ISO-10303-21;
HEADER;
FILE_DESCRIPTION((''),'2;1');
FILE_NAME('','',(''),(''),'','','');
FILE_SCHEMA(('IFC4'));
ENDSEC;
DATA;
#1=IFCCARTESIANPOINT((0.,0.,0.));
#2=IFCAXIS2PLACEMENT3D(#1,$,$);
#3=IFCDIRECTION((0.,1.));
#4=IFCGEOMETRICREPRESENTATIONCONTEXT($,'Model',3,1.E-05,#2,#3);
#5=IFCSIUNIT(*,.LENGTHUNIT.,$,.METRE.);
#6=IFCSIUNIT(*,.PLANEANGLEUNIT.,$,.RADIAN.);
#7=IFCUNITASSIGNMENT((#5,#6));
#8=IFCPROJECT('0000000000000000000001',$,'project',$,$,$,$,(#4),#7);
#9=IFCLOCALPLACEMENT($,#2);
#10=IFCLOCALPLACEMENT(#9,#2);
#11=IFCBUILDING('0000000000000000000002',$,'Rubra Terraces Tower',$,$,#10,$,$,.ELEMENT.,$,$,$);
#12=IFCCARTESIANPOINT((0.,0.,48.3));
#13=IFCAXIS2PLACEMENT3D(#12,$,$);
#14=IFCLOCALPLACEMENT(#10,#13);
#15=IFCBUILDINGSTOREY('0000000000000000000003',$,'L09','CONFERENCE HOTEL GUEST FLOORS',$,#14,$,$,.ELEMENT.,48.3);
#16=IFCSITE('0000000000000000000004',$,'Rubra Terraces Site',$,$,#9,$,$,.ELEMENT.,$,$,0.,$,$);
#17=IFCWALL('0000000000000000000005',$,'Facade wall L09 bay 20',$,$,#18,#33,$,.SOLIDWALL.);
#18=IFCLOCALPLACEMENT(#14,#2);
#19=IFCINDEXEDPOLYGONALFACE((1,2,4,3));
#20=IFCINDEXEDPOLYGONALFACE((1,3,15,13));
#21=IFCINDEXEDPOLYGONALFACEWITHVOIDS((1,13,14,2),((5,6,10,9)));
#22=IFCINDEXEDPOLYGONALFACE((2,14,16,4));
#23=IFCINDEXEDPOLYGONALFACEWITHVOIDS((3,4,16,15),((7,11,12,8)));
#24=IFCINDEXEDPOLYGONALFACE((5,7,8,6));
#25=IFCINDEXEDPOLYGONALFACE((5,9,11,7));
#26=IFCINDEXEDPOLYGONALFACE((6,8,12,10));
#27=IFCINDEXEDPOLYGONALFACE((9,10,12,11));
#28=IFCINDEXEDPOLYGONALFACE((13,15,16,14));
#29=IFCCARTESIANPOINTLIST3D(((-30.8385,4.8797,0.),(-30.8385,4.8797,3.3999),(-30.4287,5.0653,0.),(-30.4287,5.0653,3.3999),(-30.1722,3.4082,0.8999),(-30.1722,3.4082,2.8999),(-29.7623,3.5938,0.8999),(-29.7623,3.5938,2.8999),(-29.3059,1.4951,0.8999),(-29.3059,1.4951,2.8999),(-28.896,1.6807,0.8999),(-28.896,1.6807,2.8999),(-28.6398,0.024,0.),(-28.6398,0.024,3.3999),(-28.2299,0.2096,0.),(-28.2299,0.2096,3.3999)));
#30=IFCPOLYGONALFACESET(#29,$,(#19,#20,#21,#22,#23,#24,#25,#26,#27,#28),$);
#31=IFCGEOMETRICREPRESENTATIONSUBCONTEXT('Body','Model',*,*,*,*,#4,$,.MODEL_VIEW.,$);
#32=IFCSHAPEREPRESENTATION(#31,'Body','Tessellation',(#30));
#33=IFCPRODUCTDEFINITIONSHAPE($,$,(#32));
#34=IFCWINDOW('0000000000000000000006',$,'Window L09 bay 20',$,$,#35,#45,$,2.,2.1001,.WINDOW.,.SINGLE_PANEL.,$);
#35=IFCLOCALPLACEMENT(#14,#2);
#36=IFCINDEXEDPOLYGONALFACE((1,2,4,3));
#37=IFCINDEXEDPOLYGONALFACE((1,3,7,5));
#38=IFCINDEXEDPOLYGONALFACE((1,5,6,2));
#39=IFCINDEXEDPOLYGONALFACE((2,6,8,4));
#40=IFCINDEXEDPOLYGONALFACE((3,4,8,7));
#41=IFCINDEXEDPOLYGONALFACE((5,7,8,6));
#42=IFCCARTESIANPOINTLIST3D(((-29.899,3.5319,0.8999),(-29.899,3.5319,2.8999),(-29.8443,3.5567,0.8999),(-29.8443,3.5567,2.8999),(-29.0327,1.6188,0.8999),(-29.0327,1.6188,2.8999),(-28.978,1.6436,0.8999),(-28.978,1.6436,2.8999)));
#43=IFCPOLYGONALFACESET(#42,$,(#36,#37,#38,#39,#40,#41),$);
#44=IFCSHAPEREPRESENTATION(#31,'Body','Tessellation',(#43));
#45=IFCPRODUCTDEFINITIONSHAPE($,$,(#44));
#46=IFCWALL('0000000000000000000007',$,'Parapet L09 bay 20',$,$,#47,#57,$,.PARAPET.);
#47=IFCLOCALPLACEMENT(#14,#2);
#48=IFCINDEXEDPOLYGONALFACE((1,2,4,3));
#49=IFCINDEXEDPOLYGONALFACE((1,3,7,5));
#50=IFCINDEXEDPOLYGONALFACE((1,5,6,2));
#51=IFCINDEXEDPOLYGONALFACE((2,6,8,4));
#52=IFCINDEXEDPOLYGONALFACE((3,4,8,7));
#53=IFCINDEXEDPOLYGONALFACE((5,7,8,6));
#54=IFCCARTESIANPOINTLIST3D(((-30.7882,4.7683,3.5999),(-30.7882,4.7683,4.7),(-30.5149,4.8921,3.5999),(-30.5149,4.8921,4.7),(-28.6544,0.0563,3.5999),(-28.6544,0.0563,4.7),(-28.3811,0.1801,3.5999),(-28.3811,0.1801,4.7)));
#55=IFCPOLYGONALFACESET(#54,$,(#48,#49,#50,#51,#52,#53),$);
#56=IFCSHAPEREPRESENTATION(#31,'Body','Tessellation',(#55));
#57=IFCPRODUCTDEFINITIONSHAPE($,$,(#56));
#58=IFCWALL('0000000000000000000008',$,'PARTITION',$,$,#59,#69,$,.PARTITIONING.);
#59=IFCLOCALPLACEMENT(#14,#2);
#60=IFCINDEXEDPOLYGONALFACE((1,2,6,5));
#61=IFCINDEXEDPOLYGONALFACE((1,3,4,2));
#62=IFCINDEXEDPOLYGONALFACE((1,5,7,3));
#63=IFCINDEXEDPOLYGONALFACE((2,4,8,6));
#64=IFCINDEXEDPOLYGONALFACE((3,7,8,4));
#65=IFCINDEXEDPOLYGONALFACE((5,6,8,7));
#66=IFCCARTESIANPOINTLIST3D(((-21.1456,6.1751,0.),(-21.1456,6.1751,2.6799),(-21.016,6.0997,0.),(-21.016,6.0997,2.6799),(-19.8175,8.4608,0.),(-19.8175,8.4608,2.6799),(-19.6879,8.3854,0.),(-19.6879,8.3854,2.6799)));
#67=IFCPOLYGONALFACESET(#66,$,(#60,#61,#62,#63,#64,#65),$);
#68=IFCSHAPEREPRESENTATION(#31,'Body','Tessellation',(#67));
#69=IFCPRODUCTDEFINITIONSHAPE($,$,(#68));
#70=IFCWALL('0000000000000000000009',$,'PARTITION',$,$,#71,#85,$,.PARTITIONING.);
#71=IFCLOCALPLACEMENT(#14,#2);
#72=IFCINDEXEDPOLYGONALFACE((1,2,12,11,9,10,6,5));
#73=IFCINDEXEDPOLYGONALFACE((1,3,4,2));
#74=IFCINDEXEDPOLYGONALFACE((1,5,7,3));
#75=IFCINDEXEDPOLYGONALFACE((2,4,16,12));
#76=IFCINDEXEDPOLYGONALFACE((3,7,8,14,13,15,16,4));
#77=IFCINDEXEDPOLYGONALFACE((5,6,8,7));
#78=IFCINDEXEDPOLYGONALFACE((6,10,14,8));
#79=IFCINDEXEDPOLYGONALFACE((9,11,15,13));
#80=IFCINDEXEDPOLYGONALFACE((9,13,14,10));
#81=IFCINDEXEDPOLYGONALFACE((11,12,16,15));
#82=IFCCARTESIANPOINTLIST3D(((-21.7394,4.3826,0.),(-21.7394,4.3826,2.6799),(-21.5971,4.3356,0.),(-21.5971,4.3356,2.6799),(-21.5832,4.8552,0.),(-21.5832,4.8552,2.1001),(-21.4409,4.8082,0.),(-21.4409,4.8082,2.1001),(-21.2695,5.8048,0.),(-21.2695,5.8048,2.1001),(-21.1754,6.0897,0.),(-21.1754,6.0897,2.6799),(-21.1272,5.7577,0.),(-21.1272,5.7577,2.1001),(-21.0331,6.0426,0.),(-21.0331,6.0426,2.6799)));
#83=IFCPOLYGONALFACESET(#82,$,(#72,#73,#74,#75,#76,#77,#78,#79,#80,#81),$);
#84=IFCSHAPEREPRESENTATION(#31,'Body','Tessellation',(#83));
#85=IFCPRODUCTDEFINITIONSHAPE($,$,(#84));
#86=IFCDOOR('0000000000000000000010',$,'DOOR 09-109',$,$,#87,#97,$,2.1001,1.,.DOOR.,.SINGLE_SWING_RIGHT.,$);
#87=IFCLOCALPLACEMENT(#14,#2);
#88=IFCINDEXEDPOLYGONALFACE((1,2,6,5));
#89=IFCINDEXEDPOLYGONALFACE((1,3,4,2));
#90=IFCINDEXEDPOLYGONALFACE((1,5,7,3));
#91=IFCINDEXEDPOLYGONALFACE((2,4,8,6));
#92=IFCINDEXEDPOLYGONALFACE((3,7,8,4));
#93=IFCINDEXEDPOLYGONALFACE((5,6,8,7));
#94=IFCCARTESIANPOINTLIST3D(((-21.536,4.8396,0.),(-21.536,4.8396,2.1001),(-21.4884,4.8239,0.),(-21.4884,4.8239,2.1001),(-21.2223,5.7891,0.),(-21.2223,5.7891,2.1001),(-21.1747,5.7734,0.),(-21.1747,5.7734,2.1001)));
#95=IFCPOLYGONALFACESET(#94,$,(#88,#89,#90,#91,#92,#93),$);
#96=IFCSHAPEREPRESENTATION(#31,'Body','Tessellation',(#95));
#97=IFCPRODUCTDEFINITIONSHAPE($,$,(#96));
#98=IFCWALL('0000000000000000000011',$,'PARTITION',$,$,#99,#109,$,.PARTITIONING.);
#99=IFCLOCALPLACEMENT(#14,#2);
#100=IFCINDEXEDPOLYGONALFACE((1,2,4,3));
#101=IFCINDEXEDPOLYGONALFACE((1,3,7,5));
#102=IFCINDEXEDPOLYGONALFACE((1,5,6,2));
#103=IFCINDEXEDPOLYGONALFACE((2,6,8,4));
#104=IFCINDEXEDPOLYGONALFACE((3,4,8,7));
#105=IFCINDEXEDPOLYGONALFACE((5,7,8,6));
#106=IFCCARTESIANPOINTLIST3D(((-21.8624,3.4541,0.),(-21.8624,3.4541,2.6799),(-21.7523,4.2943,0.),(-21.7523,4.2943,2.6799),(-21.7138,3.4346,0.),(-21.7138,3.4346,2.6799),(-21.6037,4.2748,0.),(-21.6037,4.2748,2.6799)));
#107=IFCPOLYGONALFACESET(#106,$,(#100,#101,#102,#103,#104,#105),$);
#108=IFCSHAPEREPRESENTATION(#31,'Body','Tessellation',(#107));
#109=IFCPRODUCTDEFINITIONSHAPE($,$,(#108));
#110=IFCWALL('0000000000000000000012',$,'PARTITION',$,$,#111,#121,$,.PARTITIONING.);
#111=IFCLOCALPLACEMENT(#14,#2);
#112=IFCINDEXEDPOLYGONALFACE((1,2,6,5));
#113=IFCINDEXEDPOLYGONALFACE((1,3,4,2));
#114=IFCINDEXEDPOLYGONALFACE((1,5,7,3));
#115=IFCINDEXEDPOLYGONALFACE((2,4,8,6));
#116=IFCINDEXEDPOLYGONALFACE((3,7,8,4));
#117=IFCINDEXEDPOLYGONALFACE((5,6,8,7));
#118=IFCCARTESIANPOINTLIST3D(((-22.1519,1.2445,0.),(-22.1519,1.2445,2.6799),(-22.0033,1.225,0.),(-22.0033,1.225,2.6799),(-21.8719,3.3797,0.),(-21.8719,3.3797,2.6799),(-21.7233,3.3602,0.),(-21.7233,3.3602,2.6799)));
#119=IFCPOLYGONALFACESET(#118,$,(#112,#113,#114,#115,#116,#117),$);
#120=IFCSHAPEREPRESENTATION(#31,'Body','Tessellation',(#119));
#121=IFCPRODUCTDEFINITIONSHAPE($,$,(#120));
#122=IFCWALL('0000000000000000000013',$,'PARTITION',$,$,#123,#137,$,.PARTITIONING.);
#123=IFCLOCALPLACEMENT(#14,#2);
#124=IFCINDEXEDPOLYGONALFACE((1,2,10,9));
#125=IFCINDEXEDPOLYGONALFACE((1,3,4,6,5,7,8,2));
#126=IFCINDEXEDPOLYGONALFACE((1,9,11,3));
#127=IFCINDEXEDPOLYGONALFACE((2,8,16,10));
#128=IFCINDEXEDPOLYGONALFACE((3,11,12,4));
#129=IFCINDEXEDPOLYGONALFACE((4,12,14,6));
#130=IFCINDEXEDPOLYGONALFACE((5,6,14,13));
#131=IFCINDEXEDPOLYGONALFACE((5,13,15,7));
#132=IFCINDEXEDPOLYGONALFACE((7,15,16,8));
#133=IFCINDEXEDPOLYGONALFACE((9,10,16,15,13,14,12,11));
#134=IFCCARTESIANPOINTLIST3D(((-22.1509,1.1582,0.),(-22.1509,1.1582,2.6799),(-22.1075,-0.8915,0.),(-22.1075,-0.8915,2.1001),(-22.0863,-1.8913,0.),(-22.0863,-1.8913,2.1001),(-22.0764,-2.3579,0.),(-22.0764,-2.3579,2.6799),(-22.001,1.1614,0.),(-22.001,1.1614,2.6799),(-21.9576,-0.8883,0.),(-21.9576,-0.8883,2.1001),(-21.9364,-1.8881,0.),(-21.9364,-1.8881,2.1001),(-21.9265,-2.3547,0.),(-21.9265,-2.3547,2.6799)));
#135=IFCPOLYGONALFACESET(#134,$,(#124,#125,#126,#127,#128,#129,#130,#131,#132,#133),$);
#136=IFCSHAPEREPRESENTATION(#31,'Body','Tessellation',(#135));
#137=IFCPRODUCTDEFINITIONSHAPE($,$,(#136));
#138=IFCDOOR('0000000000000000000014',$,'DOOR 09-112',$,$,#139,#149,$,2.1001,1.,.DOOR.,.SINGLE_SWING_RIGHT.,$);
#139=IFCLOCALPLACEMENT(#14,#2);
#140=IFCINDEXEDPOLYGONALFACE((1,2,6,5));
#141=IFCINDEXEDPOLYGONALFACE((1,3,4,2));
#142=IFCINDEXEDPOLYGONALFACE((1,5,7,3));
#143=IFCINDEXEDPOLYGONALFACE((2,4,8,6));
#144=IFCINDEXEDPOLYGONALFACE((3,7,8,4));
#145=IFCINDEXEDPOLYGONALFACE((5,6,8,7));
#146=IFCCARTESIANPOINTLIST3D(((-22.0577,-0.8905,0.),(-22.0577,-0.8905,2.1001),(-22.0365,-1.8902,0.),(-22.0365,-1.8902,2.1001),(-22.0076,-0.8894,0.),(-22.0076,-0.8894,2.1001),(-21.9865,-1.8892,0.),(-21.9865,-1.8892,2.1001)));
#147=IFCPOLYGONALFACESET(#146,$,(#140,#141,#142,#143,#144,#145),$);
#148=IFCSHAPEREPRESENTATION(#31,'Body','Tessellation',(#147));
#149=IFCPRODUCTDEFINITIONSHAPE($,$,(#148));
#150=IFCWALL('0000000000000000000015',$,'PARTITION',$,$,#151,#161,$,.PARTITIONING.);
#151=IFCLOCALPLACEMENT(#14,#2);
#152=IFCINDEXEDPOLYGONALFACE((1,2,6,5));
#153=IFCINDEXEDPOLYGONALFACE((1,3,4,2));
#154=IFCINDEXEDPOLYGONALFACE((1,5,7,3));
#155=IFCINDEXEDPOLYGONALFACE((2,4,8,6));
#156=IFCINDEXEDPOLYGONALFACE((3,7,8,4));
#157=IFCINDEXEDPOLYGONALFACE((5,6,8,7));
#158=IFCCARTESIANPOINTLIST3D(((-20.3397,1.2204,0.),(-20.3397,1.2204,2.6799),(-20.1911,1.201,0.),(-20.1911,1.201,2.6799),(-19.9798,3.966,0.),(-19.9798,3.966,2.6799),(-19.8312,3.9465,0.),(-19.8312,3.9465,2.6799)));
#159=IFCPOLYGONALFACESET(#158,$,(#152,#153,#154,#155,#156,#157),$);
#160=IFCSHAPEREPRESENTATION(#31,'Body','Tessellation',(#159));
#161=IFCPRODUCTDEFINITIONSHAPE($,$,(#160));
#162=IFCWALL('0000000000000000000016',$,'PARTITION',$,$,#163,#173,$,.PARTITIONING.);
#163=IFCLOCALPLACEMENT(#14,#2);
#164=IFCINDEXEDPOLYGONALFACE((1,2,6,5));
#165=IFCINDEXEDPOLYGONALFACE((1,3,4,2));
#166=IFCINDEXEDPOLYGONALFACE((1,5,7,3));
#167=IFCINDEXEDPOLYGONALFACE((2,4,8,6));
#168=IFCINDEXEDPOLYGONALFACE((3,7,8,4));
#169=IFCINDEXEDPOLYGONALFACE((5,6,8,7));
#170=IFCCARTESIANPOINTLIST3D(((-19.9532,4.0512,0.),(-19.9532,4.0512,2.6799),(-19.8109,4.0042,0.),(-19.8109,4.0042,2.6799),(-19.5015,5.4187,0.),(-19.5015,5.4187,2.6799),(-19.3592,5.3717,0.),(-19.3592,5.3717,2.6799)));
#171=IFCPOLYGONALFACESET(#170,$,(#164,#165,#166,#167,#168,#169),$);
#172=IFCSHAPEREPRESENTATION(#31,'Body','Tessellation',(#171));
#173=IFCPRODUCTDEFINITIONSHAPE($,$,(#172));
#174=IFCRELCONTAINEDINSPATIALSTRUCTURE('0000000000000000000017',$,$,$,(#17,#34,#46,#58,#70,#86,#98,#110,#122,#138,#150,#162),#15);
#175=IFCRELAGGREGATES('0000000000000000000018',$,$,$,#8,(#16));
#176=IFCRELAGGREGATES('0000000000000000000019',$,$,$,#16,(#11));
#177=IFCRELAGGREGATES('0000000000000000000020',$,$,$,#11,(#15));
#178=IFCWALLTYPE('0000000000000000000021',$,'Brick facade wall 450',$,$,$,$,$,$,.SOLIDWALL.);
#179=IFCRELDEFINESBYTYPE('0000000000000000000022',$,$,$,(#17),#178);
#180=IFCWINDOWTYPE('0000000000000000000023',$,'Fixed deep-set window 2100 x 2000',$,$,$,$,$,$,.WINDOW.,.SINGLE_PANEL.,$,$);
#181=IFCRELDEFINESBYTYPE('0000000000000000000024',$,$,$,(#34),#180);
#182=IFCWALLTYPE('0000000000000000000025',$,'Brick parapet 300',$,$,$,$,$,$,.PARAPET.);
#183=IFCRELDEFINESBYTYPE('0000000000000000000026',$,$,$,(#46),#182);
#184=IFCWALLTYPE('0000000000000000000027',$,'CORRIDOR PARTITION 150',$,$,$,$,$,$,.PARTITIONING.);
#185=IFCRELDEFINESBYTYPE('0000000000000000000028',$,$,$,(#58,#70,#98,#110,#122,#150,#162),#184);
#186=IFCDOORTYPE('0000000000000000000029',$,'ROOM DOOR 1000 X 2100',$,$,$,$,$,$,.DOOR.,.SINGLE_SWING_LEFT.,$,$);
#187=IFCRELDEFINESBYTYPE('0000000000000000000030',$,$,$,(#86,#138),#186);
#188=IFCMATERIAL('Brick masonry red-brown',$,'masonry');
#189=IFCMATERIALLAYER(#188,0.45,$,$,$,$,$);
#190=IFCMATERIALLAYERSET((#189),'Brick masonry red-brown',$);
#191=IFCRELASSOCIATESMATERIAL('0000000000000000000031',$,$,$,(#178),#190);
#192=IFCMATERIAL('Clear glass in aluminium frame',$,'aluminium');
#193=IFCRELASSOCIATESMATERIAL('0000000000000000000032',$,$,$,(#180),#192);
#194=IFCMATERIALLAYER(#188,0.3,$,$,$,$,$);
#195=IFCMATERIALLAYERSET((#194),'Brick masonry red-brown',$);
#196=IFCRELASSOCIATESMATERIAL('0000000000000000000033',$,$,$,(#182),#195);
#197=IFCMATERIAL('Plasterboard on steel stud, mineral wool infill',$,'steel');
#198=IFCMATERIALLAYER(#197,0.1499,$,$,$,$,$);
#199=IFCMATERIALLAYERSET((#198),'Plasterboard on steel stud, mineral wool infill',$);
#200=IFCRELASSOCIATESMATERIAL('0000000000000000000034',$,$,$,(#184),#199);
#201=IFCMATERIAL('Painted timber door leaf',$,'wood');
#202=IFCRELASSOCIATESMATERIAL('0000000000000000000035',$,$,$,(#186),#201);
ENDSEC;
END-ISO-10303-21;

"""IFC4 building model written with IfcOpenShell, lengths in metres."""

from ifc_helpers import new_model, si_unit, direction, frame, frame_2d, origin, place, context, subcontext, project, spatial, rectangle, extrude, material, layer, layer_set, type_object, element, fill, save


model = new_model("IFC4")

# Units and contexts
model_context = context("Model", 3, precision=1e-05, world=origin(), true_north=direction((0.0, 1.0)))
body_context = subcontext(model_context, "Body", "Model", "MODEL_VIEW")
ifc_project = project(units=[si_unit("LENGTHUNIT", "METRE"), si_unit("PLANEANGLEUNIT", "RADIAN")], contexts=[model_context])

# Site, building, storey
site_placement = place(None, origin())
site = spatial("IfcSite", under=ifc_project, at=site_placement, Name="Rubra Terraces Site", CompositionType="ELEMENT", RefElevation=0.0)
building_placement = place(site_placement, origin())
building = spatial("IfcBuilding", under=site, at=building_placement, Name="Rubra Terraces Tower", CompositionType="ELEMENT")
storey_placement = place(building_placement, frame((0.0, 0.0, 48.3)))
storey = spatial("IfcBuildingStorey", under=building, at=storey_placement, Name="L09", Description="CONFERENCE HOTEL GUEST FLOORS", CompositionType="ELEMENT", Elevation=48.3)

# Wall, opening, window
ifc_material_1 = material(Name="Brick masonry red-brown", Category="masonry")
ifc_layer_1 = layer(ifc_material_1, 0.45)
ifc_layer_set_1 = layer_set([ifc_layer_1], Name="Brick masonry red-brown")
wall_type_1 = type_object("IfcWallType", Name="Brick facade wall 450", PredefinedType="SOLIDWALL", material=ifc_layer_set_1)
wall_1_placement = place(storey_placement, frame((-30.6335, 4.9724, 0.0), z_axis=(0.0, 0.0, 1.0), x_axis=(0.412495, -0.91096, 0.0)))
wall_1 = element("IfcWall", 1, at=wall_1_placement, inside=storey, type_object=wall_type_1, Name="Facade wall L09 bay 20", PredefinedType="SOLIDWALL", context=body_context, shape_type="SweptSolid", body=[
    extrude(rectangle(XDim=5.3303, YDim=0.45, at=frame_2d((2.665, 0.0))), origin(), (0.0, 0.0, 1.0), 3.3999),
])
opening_1_placement = place(wall_1_placement, frame((1.6152, 0.0, 0.8999)))
opening_1 = element("IfcOpeningElement", 2, at=opening_1_placement, cuts=wall_1, PredefinedType="OPENING", context=body_context, shape_type="SweptSolid", body=[
    extrude(rectangle(XDim=2.1001, YDim=2.0, at=frame_2d((1.05, 1.0))), frame((0.0, 0.2349, 0.0), z_axis=(0.0, -1.0, 0.0), x_axis=(1.0, 0.0, 0.0)), (0.0, 0.0, 1.0), 0.47),
])
ifc_material_2 = material(Name="Clear glass in aluminium frame", Category="aluminium")
window_type = type_object("IfcWindowType", Name="Fixed deep-set window 2100 x 2000", PartitioningType="SINGLE_PANEL", PredefinedType="WINDOW", material=ifc_material_2)
window_placement = place(opening_1_placement, origin())
window = element("IfcWindow", 3, at=window_placement, inside=storey, type_object=window_type, Name="Window L09 bay 20", OverallHeight=2.0, OverallWidth=2.1001, PartitioningType="SINGLE_PANEL", PredefinedType="WINDOW", context=body_context, shape_type="SweptSolid", body=[
    extrude(rectangle(XDim=2.1001, YDim=2.0, at=frame_2d((1.05, 1.0))), frame((0.0, 0.135, 0.0), z_axis=(0.0, -1.0, 0.0), x_axis=(1.0, 0.0, 0.0)), (0.0, 0.0, 1.0), 0.0601),
])
fill(opening_1, window)

# Walls
ifc_layer_2 = layer(ifc_material_1, 0.3)
ifc_layer_set_2 = layer_set([ifc_layer_2], Name="Brick masonry red-brown")
wall_type_2 = type_object("IfcWallType", Name="Brick parapet 300", PredefinedType="PARAPET", material=ifc_layer_set_2)
wall_2_placement = place(storey_placement, frame((-30.6516, 4.8303, 3.5999), z_axis=(0.0, 0.0, 1.0), x_axis=(0.412522, -0.910947, 0.0)))
element("IfcWall", 4, at=wall_2_placement, inside=storey, type_object=wall_type_2, Name="Parapet L09 bay 20", PredefinedType="PARAPET", context=body_context, shape_type="SweptSolid", body=[
    extrude(rectangle(XDim=5.1726, YDim=0.3, at=frame_2d((2.5864, 0.0))), origin(), (0.0, 0.0, 1.0), 1.1001),
])
ifc_material_3 = material(Name="Plasterboard on steel stud, mineral wool infill", Category="steel")
ifc_layer_3 = layer(ifc_material_3, 0.1499)
ifc_layer_set_3 = layer_set([ifc_layer_3], Name="Plasterboard on steel stud, mineral wool infill")
wall_type_3 = type_object("IfcWallType", Name="CORRIDOR PARTITION 150", PredefinedType="PARTITIONING", material=ifc_layer_set_3)
wall_3_placement = place(storey_placement, frame((-19.7527, 8.4231, 0.0), z_axis=(0.0, 0.0, 1.0), x_axis=(-0.502412, -0.864628, 0.0)))
element("IfcWall", 5, at=wall_3_placement, inside=storey, type_object=wall_type_3, Name="PARTITION", PredefinedType="PARTITIONING", context=body_context, shape_type="SweptSolid", body=[
    extrude(rectangle(XDim=2.6436, YDim=0.1499, at=frame_2d((1.3218, 0.0))), origin(), (0.0, 0.0, 1.0), 2.6799),
])

# Wall, opening, door
wall_4_placement = place(storey_placement, frame((-21.1042, 6.0662, 0.0), z_axis=(0.0, 0.0, 1.0), x_axis=(-0.313701, -0.949522, 0.0)))
wall_4 = element("IfcWall", 6, at=wall_4_placement, inside=storey, type_object=wall_type_3, Name="PARTITION", PredefinedType="PARTITIONING", context=body_context, shape_type="SweptSolid", body=[
    extrude(rectangle(XDim=1.7979, YDim=0.1499, at=frame_2d((0.8989, 0.0))), origin(), (0.0, 0.0, 1.0), 2.6799),
])
opening_2_placement = place(wall_4_placement, frame((0.3, 0.0, 0.0)))
opening_2 = element("IfcOpeningElement", 7, at=opening_2_placement, cuts=wall_4, PredefinedType="OPENING", context=body_context, shape_type="SweptSolid", body=[
    extrude(rectangle(XDim=1.0, YDim=2.1001, at=frame_2d((0.5, 1.05))), frame((0.0, 0.085, 0.0), z_axis=(0.0, -1.0, 0.0), x_axis=(1.0, 0.0, 0.0)), (0.0, 0.0, 1.0), 0.1699),
])
ifc_material_4 = material(Name="Painted timber door leaf", Category="wood")
door_type_1 = type_object("IfcDoorType", Name="ROOM DOOR 1000 X 2100", OperationType="SINGLE_SWING_LEFT", PredefinedType="DOOR", material=ifc_material_4)
door_1_placement = place(opening_2_placement, origin())
door_1 = element("IfcDoor", 8, at=door_1_placement, inside=storey, type_object=door_type_1, Name="DOOR 09-109", OperationType="SINGLE_SWING_RIGHT", OverallHeight=2.1001, OverallWidth=1.0, PredefinedType="DOOR", context=body_context, shape_type="SweptSolid", body=[
    extrude(rectangle(XDim=1.0, YDim=2.1001, at=frame_2d((0.5, 1.05))), frame((0.0, 0.0249, 0.0), z_axis=(0.0, -1.0, 0.0), x_axis=(1.0, 0.0, 0.0)), (0.0, 0.0, 1.0), 0.05),
])
fill(opening_2, door_1)

# Walls
wall_5_placement = place(storey_placement, frame((-21.678, 4.2847, 0.0), z_axis=(0.0, 0.0, 1.0), x_axis=(-0.129918, -0.991525, 0.0)))
element("IfcWall", 9, at=wall_5_placement, inside=storey, type_object=wall_type_3, Name="PARTITION", PredefinedType="PARTITIONING", context=body_context, shape_type="SweptSolid", body=[
    extrude(rectangle(XDim=0.8474, YDim=0.1499, at=frame_2d((0.4238, 0.0))), origin(), (0.0, 0.0, 1.0), 2.6799),
])
wall_6_placement = place(storey_placement, frame((-21.7976, 3.3699, 0.0), z_axis=(0.0, 0.0, 1.0), x_axis=(-0.130032, -0.99151, 0.0)))
element("IfcWall", 10, at=wall_6_placement, inside=storey, type_object=wall_type_3, Name="PARTITION", PredefinedType="PARTITIONING", context=body_context, shape_type="SweptSolid", body=[
    extrude(rectangle(XDim=2.1536, YDim=0.1499, at=frame_2d((1.0767, 0.0))), origin(), (0.0, 0.0, 1.0), 2.6799),
])

# Wall, opening, door
wall_7_placement = place(storey_placement, frame((-22.0759, 1.1597, 0.0), z_axis=(0.0, 0.0, 1.0), x_axis=(0.021173, -0.999776, 0.0)))
wall_7 = element("IfcWall", 11, at=wall_7_placement, inside=storey, type_object=wall_type_3, Name="PARTITION", PredefinedType="PARTITIONING", context=body_context, shape_type="SweptSolid", body=[
    extrude(rectangle(XDim=3.5168, YDim=0.1499, at=frame_2d((1.7583, 0.0))), origin(), (0.0, 0.0, 1.0), 2.6799),
])
opening_3_placement = place(wall_7_placement, frame((2.05, 0.0, 0.0)))
opening_3 = element("IfcOpeningElement", 12, at=opening_3_placement, cuts=wall_7, PredefinedType="OPENING", context=body_context, shape_type="SweptSolid", body=[
    extrude(rectangle(XDim=1.0, YDim=2.1001, at=frame_2d((0.5, 1.05))), frame((0.0, 0.085, 0.0), z_axis=(0.0, -1.0, 0.0), x_axis=(1.0, 0.0, 0.0)), (0.0, 0.0, 1.0), 0.1699),
])
door_2_placement = place(opening_3_placement, origin())
door_2 = element("IfcDoor", 13, at=door_2_placement, inside=storey, type_object=door_type_1, Name="DOOR 09-112", OperationType="SINGLE_SWING_RIGHT", OverallHeight=2.1001, OverallWidth=1.0, PredefinedType="DOOR", context=body_context, shape_type="SweptSolid", body=[
    extrude(rectangle(XDim=1.0, YDim=2.1001, at=frame_2d((0.5, 1.05))), frame((0.0, 0.0249, 0.0), z_axis=(0.0, -1.0, 0.0), x_axis=(1.0, 0.0, 0.0)), (0.0, 0.0, 1.0), 0.05),
])
fill(opening_3, door_2)

# Walls
wall_8_placement = place(storey_placement, frame((-20.2654, 1.2107, 0.0), z_axis=(0.0, 0.0, 1.0), x_axis=(0.129957, 0.99152, 0.0)))
element("IfcWall", 14, at=wall_8_placement, inside=storey, type_object=wall_type_3, Name="PARTITION", PredefinedType="PARTITIONING", context=body_context, shape_type="SweptSolid", body=[
    extrude(rectangle(XDim=2.769, YDim=0.1499, at=frame_2d((1.3845, 0.0))), origin(), (0.0, 0.0, 1.0), 2.6799),
])
wall_9_placement = place(storey_placement, frame((-19.8821, 4.0276, 0.0), z_axis=(0.0, 0.0, 1.0), x_axis=(0.313633, 0.949544, 0.0)))
element("IfcWall", 15, at=wall_9_placement, inside=storey, type_object=wall_type_3, Name="PARTITION", PredefinedType="PARTITIONING", context=body_context, shape_type="SweptSolid", body=[
    extrude(rectangle(XDim=1.4402, YDim=0.1499, at=frame_2d((0.7202, 0.0))), origin(), (0.0, 0.0, 1.0), 2.6799),
])

save(model, "model.ifc")
